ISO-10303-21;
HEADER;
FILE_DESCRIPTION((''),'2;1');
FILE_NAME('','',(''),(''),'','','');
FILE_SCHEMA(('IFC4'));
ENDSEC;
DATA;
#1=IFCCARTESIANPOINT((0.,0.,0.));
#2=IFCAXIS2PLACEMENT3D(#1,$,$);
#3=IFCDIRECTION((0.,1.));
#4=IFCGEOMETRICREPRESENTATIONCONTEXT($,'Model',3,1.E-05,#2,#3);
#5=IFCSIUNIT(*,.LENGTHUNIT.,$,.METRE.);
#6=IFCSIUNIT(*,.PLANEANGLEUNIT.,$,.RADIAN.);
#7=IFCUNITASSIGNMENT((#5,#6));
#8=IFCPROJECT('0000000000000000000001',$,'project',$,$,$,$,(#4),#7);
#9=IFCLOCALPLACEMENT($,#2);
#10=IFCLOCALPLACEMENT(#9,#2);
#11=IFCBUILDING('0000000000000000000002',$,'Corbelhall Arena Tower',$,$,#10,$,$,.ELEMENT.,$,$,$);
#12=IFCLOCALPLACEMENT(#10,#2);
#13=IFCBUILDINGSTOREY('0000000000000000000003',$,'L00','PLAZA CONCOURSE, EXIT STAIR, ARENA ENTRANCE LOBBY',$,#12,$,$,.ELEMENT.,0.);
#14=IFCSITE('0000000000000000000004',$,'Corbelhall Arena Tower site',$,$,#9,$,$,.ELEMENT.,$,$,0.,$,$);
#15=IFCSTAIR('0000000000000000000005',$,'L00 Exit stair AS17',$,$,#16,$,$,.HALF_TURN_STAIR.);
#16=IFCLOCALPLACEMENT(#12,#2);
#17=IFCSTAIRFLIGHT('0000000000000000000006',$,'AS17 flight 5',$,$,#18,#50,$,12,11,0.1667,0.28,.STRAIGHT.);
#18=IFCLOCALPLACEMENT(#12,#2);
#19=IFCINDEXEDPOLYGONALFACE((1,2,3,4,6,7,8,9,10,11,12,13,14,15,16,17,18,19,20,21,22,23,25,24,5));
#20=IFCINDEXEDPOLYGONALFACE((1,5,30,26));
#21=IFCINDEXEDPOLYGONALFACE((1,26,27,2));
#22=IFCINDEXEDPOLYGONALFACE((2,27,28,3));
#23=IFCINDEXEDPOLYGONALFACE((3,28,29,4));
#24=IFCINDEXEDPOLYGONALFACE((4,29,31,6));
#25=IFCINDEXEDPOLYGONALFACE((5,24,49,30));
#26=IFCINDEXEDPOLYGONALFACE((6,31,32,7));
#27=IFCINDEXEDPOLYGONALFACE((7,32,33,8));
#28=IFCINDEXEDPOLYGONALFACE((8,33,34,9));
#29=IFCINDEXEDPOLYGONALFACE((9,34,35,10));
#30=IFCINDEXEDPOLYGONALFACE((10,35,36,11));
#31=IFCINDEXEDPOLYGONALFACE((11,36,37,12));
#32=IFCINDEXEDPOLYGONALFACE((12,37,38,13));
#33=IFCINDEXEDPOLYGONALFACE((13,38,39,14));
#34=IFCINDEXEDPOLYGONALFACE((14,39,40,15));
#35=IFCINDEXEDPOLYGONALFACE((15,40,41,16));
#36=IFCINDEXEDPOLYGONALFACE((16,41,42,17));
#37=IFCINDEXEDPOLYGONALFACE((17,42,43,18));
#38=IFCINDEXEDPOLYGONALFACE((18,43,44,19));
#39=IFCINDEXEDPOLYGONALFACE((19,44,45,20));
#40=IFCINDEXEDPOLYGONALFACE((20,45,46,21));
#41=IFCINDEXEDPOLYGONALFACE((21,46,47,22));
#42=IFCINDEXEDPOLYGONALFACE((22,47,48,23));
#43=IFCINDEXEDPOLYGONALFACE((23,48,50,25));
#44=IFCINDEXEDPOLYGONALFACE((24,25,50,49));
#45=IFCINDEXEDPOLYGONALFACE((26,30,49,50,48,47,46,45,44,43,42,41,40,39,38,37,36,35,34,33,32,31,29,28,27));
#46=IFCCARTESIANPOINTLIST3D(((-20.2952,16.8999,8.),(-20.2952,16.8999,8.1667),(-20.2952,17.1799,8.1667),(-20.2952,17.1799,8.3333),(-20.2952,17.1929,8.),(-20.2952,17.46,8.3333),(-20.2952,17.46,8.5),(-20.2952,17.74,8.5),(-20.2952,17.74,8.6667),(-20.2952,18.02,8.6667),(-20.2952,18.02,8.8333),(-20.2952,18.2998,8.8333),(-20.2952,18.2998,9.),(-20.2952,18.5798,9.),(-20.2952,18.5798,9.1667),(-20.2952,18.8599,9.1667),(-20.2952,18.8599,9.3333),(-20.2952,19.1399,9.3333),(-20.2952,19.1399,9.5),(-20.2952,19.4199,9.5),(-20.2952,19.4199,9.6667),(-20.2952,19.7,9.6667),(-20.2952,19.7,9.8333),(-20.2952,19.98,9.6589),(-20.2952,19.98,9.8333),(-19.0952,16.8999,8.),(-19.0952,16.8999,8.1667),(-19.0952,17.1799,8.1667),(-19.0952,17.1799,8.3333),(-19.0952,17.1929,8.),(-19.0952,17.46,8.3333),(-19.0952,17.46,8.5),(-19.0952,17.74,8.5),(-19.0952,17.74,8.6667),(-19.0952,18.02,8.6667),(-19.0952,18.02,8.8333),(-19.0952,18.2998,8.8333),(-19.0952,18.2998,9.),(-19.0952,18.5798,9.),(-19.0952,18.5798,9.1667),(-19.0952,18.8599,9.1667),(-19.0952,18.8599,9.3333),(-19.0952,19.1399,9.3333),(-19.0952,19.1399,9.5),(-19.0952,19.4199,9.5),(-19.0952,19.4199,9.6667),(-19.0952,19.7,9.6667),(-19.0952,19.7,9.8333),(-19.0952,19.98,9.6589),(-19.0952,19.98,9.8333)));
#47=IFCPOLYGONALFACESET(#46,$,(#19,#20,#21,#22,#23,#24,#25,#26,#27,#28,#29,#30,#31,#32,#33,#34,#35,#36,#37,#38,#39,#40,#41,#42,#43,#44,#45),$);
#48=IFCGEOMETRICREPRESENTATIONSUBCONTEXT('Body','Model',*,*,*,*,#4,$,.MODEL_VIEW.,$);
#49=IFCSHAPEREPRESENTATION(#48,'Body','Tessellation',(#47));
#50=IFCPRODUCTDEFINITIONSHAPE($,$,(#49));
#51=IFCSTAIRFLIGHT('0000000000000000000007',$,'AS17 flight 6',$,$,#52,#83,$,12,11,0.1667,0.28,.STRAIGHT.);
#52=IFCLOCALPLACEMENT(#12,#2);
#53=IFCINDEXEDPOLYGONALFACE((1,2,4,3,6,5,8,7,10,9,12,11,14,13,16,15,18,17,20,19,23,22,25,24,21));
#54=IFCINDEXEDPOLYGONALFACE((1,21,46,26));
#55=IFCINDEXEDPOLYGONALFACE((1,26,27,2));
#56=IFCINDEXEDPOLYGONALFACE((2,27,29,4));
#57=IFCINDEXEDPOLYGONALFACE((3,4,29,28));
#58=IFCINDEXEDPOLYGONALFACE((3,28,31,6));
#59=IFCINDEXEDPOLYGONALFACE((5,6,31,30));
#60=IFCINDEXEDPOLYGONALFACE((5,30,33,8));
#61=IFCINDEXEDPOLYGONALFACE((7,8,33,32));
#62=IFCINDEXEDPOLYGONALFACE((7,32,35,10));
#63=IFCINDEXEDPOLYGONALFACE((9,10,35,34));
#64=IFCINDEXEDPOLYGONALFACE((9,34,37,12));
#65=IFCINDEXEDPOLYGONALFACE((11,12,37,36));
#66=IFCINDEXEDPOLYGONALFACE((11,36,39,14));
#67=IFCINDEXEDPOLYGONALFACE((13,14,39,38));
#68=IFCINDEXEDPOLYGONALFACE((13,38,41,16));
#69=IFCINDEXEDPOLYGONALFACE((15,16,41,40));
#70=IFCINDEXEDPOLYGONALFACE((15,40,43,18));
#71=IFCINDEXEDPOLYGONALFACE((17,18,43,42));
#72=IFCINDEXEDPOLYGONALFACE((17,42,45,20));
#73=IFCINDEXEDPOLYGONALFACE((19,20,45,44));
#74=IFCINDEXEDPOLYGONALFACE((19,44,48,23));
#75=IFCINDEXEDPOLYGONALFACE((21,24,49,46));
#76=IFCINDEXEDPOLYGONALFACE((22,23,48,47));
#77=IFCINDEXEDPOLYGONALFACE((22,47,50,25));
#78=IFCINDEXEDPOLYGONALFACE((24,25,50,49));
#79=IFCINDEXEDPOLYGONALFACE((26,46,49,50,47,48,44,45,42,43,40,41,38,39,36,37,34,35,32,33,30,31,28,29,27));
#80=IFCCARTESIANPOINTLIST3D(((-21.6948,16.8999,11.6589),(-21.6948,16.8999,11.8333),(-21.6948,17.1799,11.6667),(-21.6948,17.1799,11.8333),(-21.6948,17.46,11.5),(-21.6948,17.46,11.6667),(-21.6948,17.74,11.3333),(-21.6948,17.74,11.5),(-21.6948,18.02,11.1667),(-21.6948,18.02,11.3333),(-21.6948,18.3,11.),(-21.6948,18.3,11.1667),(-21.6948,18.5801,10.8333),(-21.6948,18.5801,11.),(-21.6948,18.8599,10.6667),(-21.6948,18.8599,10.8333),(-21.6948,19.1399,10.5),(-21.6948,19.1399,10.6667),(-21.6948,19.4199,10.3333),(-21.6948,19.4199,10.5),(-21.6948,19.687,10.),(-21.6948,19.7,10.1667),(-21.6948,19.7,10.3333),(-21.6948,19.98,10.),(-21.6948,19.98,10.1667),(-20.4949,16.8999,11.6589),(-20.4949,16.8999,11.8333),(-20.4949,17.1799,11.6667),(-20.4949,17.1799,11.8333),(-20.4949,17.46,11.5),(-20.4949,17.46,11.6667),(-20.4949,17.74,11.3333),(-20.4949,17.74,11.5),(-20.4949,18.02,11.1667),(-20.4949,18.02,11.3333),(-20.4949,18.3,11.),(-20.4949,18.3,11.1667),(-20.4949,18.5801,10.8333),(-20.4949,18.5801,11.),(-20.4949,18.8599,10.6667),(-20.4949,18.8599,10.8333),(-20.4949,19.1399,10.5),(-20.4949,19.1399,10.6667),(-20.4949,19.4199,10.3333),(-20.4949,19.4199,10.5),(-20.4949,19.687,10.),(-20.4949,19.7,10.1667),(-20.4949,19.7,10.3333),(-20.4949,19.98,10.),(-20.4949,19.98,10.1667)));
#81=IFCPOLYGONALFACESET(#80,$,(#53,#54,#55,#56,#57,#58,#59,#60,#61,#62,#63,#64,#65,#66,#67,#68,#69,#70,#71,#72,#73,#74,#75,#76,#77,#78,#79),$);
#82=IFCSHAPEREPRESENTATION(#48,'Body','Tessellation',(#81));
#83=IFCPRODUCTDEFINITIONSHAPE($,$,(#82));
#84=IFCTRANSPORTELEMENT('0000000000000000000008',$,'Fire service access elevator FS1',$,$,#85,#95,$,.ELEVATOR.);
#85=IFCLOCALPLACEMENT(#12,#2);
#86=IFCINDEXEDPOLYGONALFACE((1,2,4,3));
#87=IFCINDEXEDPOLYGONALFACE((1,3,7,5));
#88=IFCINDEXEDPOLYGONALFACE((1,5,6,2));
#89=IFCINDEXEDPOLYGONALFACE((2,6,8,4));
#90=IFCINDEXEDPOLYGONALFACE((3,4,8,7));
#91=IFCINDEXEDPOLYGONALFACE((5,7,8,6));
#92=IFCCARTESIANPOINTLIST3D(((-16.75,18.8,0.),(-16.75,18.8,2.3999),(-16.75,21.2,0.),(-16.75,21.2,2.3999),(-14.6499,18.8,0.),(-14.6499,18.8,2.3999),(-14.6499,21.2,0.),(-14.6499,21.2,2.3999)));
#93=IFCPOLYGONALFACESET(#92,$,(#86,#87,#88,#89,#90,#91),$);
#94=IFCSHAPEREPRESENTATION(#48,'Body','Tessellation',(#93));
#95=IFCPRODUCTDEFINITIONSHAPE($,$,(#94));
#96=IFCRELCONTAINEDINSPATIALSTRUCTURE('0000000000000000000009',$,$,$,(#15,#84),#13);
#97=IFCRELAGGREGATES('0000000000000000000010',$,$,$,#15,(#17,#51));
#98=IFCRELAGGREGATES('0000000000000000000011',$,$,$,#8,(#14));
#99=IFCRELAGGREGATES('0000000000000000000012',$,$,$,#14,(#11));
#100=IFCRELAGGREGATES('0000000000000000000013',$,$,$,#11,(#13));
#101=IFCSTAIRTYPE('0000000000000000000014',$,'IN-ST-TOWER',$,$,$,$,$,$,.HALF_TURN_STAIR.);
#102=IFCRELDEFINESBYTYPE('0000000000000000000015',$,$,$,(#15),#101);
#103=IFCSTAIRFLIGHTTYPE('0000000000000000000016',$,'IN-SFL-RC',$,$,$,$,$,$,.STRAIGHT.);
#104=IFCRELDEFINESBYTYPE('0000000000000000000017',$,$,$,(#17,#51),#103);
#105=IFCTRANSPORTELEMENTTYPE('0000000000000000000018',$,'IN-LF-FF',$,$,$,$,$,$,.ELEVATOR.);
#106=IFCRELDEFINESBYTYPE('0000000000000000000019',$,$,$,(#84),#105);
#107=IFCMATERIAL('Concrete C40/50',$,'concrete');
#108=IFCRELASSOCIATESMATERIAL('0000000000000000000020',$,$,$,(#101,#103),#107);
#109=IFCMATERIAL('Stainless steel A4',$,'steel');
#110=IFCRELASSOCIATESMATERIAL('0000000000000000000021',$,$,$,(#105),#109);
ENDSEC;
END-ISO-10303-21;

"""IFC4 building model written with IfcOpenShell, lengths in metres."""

from ifc_helpers import new_model, si_unit, direction, frame, origin, origin_2d, place, context, subcontext, project, spatial, polyline, rectangle, outline, extrude, material, type_object, element, aggregate, save


model = new_model("IFC4")

# Units and contexts
model_context = context("Model", 3, precision=1e-05, world=origin(), true_north=direction((0.0, 1.0)))
body_context = subcontext(model_context, "Body", "Model", "MODEL_VIEW")
ifc_project = project(units=[si_unit("LENGTHUNIT", "METRE"), si_unit("PLANEANGLEUNIT", "RADIAN")], contexts=[model_context])

# Site, building, storey
site_placement = place(None, origin())
site = spatial("IfcSite", under=ifc_project, at=site_placement, Name="Corbelhall Arena Tower site", CompositionType="ELEMENT", RefElevation=0.0)
building_placement = place(site_placement, origin())
building = spatial("IfcBuilding", under=site, at=building_placement, Name="Corbelhall Arena Tower", CompositionType="ELEMENT")
storey_placement = place(building_placement, origin())
storey = spatial("IfcBuildingStorey", under=building, at=storey_placement, Name="L00", Description="PLAZA CONCOURSE, EXIT STAIR, ARENA ENTRANCE LOBBY", CompositionType="ELEMENT", Elevation=0.0)

# Shared definitions
ifc_material_1 = material(Name="Concrete C40/50", Category="concrete")

# Stair, stair flights
stair_type = type_object("IfcStairType", Name="IN-ST-TOWER", PredefinedType="HALF_TURN_STAIR", material=ifc_material_1)
stair_placement = place(storey_placement, origin())
stair = element("IfcStair", 1, at=stair_placement, inside=storey, type_object=stair_type, Name="L00 Exit stair AS17", PredefinedType="HALF_TURN_STAIR")
stair_flight_type = type_object("IfcStairFlightType", Name="IN-SFL-RC", PredefinedType="STRAIGHT", material=ifc_material_1)
stair_flight_1_placement = place(storey_placement, frame((-19.6951, 16.8999, 8.0), z_axis=(0.0, 0.0, 1.0), x_axis=(0.0, 1.0, 0.0)))
stair_flight_1 = element("IfcStairFlight", 2, at=stair_flight_1_placement, type_object=stair_flight_type, Name="AS17 flight 5", NumberOfRisers=12, NumberOfTreads=11, PredefinedType="STRAIGHT", RiserHeight=0.1667, TreadLength=0.28, context=body_context, shape_type="SweptSolid", body=[
    extrude(outline(polyline([(0.0, 0.0), (0.0, 0.1667), (0.28, 0.1667), (0.28, 0.3333), (0.5601, 0.3333), (0.5601, 0.5), (0.8401, 0.5), (0.8401, 0.6667), (1.1201, 0.6667), (1.1201, 0.8333), (1.3999, 0.8333), (1.3999, 1.0), (1.6799, 1.0), (1.6799, 1.1667), (1.96, 1.1667), (1.96, 1.3333), (2.24, 1.3333), (2.24, 1.5), (2.52, 1.5), (2.52, 1.6667), (2.8, 1.6667), (2.8, 1.8333), (3.0801, 1.8333), (3.0801, 2.0), (3.0801, 1.6589), (0.293, 0.0), (0.0, 0.0)])), frame((0.0, 0.6001, 0.0), z_axis=(0.0, -1.0, 0.0), x_axis=(1.0, 0.0, 0.0)), (0.0, 0.0, 1.0), 1.2),
])
stair_flight_2_placement = place(storey_placement, frame((-21.095, 19.98, 10.0), z_axis=(0.0, 0.0, 1.0), x_axis=(0.0, -1.0, 0.0)))
stair_flight_2 = element("IfcStairFlight", 3, at=stair_flight_2_placement, type_object=stair_flight_type, Name="AS17 flight 6", NumberOfRisers=12, NumberOfTreads=11, PredefinedType="STRAIGHT", RiserHeight=0.1667, TreadLength=0.28, context=body_context, shape_type="SweptSolid", body=[
    extrude(outline(polyline([(0.0, 0.0), (0.0, 0.1667), (0.28, 0.1667), (0.28, 0.3333), (0.5601, 0.3333), (0.5601, 0.5), (0.8401, 0.5), (0.8401, 0.6667), (1.1201, 0.6667), (1.1201, 0.8333), (1.3999, 0.8333), (1.3999, 1.0), (1.6799, 1.0), (1.6799, 1.1667), (1.96, 1.1667), (1.96, 1.3333), (2.24, 1.3333), (2.24, 1.5), (2.52, 1.5), (2.52, 1.6667), (2.8, 1.6667), (2.8, 1.8333), (3.0801, 1.8333), (3.0801, 2.0), (3.0801, 1.6589), (0.293, 0.0), (0.0, 0.0)])), frame((0.0, 0.6001, 0.0), z_axis=(0.0, -1.0, 0.0), x_axis=(1.0, 0.0, 0.0)), (0.0, 0.0, 1.0), 1.2),
])
aggregate(stair, [stair_flight_1, stair_flight_2])

# Transport element
ifc_material_2 = material(Name="Stainless steel A4", Category="steel")
transport_element_type = type_object("IfcTransportElementType", Name="IN-LF-FF", PredefinedType="ELEVATOR", material=ifc_material_2)
transport_element_placement = place(storey_placement, frame((-15.7, 20.0, 0.0), z_axis=(0.0, 0.0, 1.0), x_axis=(1.0, 0.0, 0.0)))
element("IfcTransportElement", 4, at=transport_element_placement, inside=storey, type_object=transport_element_type, Name="Fire service access elevator FS1", PredefinedType="ELEVATOR", context=body_context, shape_type="SweptSolid", body=[
    extrude(rectangle(XDim=2.1001, YDim=2.3999, at=origin_2d()), origin(), (0.0, 0.0, 1.0), 2.3999),
])

save(model, "model.ifc")
